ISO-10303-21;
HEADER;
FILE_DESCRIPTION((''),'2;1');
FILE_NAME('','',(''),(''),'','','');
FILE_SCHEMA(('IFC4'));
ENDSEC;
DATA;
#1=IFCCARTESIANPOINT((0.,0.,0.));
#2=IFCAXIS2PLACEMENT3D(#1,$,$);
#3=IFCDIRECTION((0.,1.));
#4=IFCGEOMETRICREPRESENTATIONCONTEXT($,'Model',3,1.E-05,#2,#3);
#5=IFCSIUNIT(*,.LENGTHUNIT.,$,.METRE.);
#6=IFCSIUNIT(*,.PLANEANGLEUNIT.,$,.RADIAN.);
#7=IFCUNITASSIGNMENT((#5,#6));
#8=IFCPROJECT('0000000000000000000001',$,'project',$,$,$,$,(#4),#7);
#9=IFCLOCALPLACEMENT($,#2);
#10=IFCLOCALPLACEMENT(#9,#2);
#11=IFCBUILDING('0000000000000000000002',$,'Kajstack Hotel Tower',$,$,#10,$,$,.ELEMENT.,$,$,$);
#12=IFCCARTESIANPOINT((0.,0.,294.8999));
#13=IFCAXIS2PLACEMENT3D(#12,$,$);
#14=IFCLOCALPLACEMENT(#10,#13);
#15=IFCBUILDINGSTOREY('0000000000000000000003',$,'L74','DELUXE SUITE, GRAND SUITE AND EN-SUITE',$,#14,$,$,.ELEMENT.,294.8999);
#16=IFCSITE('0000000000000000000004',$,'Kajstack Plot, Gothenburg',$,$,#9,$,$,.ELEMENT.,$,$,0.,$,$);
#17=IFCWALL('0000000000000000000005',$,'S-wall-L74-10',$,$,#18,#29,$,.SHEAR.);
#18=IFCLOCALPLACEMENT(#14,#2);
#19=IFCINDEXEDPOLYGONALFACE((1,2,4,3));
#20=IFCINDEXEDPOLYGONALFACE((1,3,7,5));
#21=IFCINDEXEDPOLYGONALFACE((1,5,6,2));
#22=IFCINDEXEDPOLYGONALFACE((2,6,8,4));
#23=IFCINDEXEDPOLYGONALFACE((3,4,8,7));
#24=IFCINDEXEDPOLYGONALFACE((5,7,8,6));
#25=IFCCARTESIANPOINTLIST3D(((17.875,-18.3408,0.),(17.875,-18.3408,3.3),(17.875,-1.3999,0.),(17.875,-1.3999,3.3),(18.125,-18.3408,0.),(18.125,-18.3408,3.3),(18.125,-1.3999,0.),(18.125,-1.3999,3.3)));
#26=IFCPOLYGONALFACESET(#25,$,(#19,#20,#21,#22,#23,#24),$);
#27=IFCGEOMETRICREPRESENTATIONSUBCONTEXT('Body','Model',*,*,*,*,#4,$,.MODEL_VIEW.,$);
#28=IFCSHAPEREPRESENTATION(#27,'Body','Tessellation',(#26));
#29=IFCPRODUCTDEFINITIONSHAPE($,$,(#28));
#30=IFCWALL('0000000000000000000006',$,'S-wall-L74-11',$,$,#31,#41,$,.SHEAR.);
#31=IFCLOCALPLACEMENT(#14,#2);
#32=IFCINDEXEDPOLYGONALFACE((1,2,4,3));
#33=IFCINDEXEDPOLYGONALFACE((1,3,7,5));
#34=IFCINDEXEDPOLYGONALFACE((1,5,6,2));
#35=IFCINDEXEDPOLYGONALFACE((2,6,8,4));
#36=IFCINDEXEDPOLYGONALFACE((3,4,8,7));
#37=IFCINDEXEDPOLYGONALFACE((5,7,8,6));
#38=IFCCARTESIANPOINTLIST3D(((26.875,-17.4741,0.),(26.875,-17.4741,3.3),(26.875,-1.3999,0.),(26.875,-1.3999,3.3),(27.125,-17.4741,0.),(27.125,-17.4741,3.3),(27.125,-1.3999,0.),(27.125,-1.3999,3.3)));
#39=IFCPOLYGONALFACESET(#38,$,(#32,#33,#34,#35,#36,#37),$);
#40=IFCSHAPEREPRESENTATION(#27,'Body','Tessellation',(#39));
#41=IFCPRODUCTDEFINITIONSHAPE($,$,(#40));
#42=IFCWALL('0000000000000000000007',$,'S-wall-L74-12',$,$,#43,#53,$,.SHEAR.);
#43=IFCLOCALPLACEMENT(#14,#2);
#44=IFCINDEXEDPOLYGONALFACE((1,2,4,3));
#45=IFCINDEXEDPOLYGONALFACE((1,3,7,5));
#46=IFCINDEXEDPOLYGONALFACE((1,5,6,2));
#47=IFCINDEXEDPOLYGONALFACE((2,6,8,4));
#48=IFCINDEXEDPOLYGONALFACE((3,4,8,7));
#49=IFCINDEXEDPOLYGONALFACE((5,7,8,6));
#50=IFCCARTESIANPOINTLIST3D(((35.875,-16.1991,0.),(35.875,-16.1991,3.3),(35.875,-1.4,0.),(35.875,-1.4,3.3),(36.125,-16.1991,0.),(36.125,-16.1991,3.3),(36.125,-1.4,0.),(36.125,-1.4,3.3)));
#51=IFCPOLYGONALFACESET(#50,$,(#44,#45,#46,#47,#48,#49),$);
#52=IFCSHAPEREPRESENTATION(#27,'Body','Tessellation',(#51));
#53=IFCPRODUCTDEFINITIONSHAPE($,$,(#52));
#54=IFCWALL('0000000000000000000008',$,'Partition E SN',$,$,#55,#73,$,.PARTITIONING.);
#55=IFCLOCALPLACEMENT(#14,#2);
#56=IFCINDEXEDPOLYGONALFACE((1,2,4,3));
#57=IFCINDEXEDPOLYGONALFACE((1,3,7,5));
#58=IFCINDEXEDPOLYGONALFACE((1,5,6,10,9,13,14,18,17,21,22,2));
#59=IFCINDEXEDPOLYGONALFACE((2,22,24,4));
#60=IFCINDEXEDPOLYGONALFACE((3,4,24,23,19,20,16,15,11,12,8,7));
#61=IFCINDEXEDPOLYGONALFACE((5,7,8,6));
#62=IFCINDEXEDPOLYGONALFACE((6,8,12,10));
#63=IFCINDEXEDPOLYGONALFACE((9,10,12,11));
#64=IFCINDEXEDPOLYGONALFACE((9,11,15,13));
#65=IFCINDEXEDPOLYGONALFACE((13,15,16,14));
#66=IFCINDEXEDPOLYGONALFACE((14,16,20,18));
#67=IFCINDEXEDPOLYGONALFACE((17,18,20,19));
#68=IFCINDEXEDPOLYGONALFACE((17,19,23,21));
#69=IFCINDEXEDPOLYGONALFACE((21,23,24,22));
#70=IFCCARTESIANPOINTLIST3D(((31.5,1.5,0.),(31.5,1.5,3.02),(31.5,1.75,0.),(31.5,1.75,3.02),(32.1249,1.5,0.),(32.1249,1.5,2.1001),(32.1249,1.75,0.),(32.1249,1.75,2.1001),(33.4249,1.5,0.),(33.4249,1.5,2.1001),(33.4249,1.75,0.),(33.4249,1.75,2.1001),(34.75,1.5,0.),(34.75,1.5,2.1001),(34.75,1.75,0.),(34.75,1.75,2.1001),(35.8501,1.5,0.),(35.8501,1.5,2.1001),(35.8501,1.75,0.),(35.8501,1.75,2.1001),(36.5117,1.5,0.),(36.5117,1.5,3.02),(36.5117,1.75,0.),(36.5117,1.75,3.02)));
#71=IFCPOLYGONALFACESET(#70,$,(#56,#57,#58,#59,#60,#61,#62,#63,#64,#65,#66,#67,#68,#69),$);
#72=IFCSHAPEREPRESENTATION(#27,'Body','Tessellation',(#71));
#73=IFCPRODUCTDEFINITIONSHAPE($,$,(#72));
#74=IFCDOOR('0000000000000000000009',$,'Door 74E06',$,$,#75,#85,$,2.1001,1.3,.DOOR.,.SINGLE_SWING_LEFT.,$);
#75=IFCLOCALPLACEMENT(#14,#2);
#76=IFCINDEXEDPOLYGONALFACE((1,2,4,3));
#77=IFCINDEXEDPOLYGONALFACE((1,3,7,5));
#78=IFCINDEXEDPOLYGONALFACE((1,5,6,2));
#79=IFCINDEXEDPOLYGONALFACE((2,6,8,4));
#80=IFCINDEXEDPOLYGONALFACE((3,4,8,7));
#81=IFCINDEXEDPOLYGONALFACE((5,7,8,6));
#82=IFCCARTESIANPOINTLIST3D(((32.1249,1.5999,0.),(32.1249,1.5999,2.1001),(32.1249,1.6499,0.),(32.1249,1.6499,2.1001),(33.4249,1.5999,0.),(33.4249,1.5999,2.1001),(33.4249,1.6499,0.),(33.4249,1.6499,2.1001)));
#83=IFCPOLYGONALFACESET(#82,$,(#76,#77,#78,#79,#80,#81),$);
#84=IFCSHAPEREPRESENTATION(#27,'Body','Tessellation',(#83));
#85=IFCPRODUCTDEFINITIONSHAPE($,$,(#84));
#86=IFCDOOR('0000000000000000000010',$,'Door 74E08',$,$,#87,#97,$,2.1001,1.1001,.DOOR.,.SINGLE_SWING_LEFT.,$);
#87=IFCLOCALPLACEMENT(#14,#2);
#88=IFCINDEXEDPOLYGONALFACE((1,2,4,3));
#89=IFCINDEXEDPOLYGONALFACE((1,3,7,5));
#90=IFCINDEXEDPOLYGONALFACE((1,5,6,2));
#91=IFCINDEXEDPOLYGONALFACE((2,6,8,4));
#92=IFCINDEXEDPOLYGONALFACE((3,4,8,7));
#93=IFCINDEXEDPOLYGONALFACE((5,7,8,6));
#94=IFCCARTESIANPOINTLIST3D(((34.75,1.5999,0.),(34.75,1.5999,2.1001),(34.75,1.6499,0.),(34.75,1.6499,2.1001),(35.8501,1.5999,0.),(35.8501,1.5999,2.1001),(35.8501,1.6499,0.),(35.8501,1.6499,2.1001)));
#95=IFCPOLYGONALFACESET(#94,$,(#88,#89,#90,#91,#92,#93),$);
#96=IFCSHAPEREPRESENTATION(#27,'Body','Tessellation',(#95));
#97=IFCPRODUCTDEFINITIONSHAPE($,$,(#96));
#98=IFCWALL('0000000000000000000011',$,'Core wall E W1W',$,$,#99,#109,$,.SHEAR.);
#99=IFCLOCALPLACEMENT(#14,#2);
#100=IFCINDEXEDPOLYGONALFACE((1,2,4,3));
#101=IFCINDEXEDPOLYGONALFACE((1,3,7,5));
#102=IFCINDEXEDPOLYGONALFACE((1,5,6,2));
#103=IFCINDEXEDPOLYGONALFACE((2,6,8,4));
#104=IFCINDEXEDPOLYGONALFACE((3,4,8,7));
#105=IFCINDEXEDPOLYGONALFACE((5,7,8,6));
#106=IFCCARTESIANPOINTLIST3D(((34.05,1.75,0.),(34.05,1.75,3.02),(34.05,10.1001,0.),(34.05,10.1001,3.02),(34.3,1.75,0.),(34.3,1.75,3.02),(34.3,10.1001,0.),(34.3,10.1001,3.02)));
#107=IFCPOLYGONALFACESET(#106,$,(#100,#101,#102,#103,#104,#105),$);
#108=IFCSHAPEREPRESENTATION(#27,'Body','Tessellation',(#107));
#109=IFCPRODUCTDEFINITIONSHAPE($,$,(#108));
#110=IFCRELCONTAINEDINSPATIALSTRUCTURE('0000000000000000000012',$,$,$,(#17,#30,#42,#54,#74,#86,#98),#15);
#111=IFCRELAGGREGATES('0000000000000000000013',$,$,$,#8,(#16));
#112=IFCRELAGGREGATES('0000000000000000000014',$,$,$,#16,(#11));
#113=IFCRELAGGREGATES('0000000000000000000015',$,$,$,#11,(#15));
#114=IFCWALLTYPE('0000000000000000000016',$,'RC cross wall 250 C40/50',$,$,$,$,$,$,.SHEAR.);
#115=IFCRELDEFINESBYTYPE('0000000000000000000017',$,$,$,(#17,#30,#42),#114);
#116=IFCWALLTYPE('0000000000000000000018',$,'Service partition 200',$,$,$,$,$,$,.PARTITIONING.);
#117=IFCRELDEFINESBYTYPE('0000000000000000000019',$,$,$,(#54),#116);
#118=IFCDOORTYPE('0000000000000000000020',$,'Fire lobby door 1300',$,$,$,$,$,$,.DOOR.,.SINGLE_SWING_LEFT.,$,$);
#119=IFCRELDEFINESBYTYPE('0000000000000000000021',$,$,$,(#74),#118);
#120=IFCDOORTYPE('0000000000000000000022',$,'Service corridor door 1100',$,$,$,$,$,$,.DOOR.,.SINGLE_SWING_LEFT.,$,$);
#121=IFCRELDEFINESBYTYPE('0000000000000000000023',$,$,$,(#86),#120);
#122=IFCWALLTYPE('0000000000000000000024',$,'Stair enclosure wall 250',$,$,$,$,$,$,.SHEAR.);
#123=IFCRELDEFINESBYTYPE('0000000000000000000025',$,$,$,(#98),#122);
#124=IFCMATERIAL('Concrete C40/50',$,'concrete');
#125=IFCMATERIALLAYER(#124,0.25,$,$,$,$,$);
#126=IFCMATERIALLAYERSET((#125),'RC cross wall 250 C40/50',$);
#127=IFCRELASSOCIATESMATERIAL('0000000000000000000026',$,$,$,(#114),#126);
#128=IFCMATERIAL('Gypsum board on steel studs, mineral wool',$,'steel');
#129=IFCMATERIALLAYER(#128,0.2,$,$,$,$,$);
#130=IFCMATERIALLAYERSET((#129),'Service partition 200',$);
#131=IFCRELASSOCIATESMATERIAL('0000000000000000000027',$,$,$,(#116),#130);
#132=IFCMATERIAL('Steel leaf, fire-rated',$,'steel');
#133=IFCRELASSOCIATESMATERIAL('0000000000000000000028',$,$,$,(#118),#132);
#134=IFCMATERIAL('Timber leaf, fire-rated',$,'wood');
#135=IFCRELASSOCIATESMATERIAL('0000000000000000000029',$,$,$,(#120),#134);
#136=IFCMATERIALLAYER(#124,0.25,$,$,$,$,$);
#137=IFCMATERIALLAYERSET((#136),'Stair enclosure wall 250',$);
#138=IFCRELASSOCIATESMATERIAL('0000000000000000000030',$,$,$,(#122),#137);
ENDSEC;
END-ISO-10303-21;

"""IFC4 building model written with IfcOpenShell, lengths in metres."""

from ifc_helpers import new_model, si_unit, direction, frame, frame_2d, origin, place, context, subcontext, project, spatial, rectangle, extrude, material, layer, layer_set, type_object, element, fill, save


model = new_model("IFC4")

# Units and contexts
model_context = context("Model", 3, precision=1e-05, world=origin(), true_north=direction((0.0, 1.0)))
body_context = subcontext(model_context, "Body", "Model", "MODEL_VIEW")
ifc_project = project(units=[si_unit("LENGTHUNIT", "METRE"), si_unit("PLANEANGLEUNIT", "RADIAN")], contexts=[model_context])

# Site, building, storey
site_placement = place(None, origin())
site = spatial("IfcSite", under=ifc_project, at=site_placement, Name="Kajstack Plot, Gothenburg", CompositionType="ELEMENT", RefElevation=0.0)
building_placement = place(site_placement, origin())
building = spatial("IfcBuilding", under=site, at=building_placement, Name="Kajstack Hotel Tower", CompositionType="ELEMENT")
storey_placement = place(building_placement, frame((0.0, 0.0, 294.8999)))
storey = spatial("IfcBuildingStorey", under=building, at=storey_placement, Name="L74", Description="DELUXE SUITE, GRAND SUITE AND EN-SUITE", CompositionType="ELEMENT", Elevation=294.8999)

# Walls
ifc_material_1 = material(Name="Concrete C40/50", Category="concrete")
ifc_layer_1 = layer(ifc_material_1, 0.25)
ifc_layer_set_1 = layer_set([ifc_layer_1], Name="RC cross wall 250 C40/50")
wall_type_1 = type_object("IfcWallType", Name="RC cross wall 250 C40/50", PredefinedType="SHEAR", material=ifc_layer_set_1)
wall_1_placement = place(storey_placement, frame((18.0, -18.3408, 0.0), z_axis=(0.0, 0.0, 1.0), x_axis=(0.0, 1.0, 0.0)))
element("IfcWall", 1, at=wall_1_placement, inside=storey, type_object=wall_type_1, Name="S-wall-L74-10", PredefinedType="SHEAR", context=body_context, shape_type="SweptSolid", body=[
    extrude(rectangle(XDim=16.9409, YDim=0.25, at=frame_2d((8.4705, 0.0))), origin(), (0.0, 0.0, 1.0), 3.3),
])
wall_2_placement = place(storey_placement, frame((27.0, -17.4741, 0.0), z_axis=(0.0, 0.0, 1.0), x_axis=(0.0, 1.0, 0.0)))
element("IfcWall", 2, at=wall_2_placement, inside=storey, type_object=wall_type_1, Name="S-wall-L74-11", PredefinedType="SHEAR", context=body_context, shape_type="SweptSolid", body=[
    extrude(rectangle(XDim=16.0742, YDim=0.25, at=frame_2d((8.0371, 0.0))), origin(), (0.0, 0.0, 1.0), 3.3),
])
wall_3_placement = place(storey_placement, frame((36.0, -16.199, 0.0), z_axis=(0.0, 0.0, 1.0), x_axis=(0.0, 1.0, 0.0)))
element("IfcWall", 3, at=wall_3_placement, inside=storey, type_object=wall_type_1, Name="S-wall-L74-12", PredefinedType="SHEAR", context=body_context, shape_type="SweptSolid", body=[
    extrude(rectangle(XDim=14.7991, YDim=0.25, at=frame_2d((7.3994, 0.0))), origin(), (0.0, 0.0, 1.0), 3.3),
])

# Wall, openings, doors
ifc_material_2 = material(Name="Gypsum board on steel studs, mineral wool", Category="steel")
ifc_layer_2 = layer(ifc_material_2, 0.2)
ifc_layer_set_2 = layer_set([ifc_layer_2], Name="Service partition 200")
wall_type_2 = type_object("IfcWallType", Name="Service partition 200", PredefinedType="PARTITIONING", material=ifc_layer_set_2)
wall_4_placement = place(storey_placement, frame((31.5, 1.625, 0.0), z_axis=(0.0, 0.0, 1.0), x_axis=(1.0, 0.0, 0.0)))
wall_4 = element("IfcWall", 4, at=wall_4_placement, inside=storey, type_object=wall_type_2, Name="Partition E SN", PredefinedType="PARTITIONING", context=body_context, shape_type="SweptSolid", body=[
    extrude(rectangle(XDim=5.0117, YDim=0.25, at=frame_2d((2.5059, 0.0))), origin(), (0.0, 0.0, 1.0), 3.02),
])
opening_1_placement = place(wall_4_placement, frame((0.625, 0.0, 0.0)))
opening_1 = element("IfcOpeningElement", 5, at=opening_1_placement, cuts=wall_4, PredefinedType="OPENING", context=body_context, shape_type="SweptSolid", body=[
    extrude(rectangle(XDim=1.3, YDim=2.1001, at=frame_2d((0.6499, 1.05))), frame((0.0, 0.135, 0.0), z_axis=(0.0, -1.0, 0.0), x_axis=(1.0, 0.0, 0.0)), (0.0, 0.0, 1.0), 0.27),
])
opening_2_placement = place(wall_4_placement, frame((3.25, 0.0, 0.0)))
opening_2 = element("IfcOpeningElement", 6, at=opening_2_placement, cuts=wall_4, PredefinedType="OPENING", context=body_context, shape_type="SweptSolid", body=[
    extrude(rectangle(XDim=1.1001, YDim=2.1001, at=frame_2d((0.55, 1.05))), frame((0.0, 0.135, 0.0), z_axis=(0.0, -1.0, 0.0), x_axis=(1.0, 0.0, 0.0)), (0.0, 0.0, 1.0), 0.27),
])
ifc_material_3 = material(Name="Steel leaf, fire-rated", Category="steel")
door_type_1 = type_object("IfcDoorType", Name="Fire lobby door 1300", OperationType="SINGLE_SWING_LEFT", PredefinedType="DOOR", material=ifc_material_3)
door_1_placement = place(opening_1_placement, origin())
door_1 = element("IfcDoor", 7, at=door_1_placement, inside=storey, type_object=door_type_1, Name="Door 74E06", OperationType="SINGLE_SWING_LEFT", OverallHeight=2.1001, OverallWidth=1.3, PredefinedType="DOOR", context=body_context, shape_type="SweptSolid", body=[
    extrude(rectangle(XDim=1.3, YDim=2.1001, at=frame_2d((0.6499, 1.05))), frame((0.0, 0.0249, 0.0), z_axis=(0.0, -1.0, 0.0), x_axis=(1.0, 0.0, 0.0)), (0.0, 0.0, 1.0), 0.05),
])
fill(opening_1, door_1)
ifc_material_4 = material(Name="Timber leaf, fire-rated", Category="wood")
door_type_2 = type_object("IfcDoorType", Name="Service corridor door 1100", OperationType="SINGLE_SWING_LEFT", PredefinedType="DOOR", material=ifc_material_4)
door_2_placement = place(opening_2_placement, origin())
door_2 = element("IfcDoor", 8, at=door_2_placement, inside=storey, type_object=door_type_2, Name="Door 74E08", OperationType="SINGLE_SWING_LEFT", OverallHeight=2.1001, OverallWidth=1.1001, PredefinedType="DOOR", context=body_context, shape_type="SweptSolid", body=[
    extrude(rectangle(XDim=1.1001, YDim=2.1001, at=frame_2d((0.55, 1.05))), frame((0.0, 0.0249, 0.0), z_axis=(0.0, -1.0, 0.0), x_axis=(1.0, 0.0, 0.0)), (0.0, 0.0, 1.0), 0.05),
])
fill(opening_2, door_2)

# Wall
ifc_layer_3 = layer(ifc_material_1, 0.25)
ifc_layer_set_3 = layer_set([ifc_layer_3], Name="Stair enclosure wall 250")
wall_type_3 = type_object("IfcWallType", Name="Stair enclosure wall 250", PredefinedType="SHEAR", material=ifc_layer_set_3)
wall_5_placement = place(storey_placement, frame((34.175, 1.75, 0.0), z_axis=(0.0, 0.0, 1.0), x_axis=(0.0, 1.0, 0.0)))
element("IfcWall", 9, at=wall_5_placement, inside=storey, type_object=wall_type_3, Name="Core wall E W1W", PredefinedType="SHEAR", context=body_context, shape_type="SweptSolid", body=[
    extrude(rectangle(XDim=8.3501, YDim=0.25, at=frame_2d((4.175, 0.0))), origin(), (0.0, 0.0, 1.0), 3.02),
])

save(model, "model.ifc")
